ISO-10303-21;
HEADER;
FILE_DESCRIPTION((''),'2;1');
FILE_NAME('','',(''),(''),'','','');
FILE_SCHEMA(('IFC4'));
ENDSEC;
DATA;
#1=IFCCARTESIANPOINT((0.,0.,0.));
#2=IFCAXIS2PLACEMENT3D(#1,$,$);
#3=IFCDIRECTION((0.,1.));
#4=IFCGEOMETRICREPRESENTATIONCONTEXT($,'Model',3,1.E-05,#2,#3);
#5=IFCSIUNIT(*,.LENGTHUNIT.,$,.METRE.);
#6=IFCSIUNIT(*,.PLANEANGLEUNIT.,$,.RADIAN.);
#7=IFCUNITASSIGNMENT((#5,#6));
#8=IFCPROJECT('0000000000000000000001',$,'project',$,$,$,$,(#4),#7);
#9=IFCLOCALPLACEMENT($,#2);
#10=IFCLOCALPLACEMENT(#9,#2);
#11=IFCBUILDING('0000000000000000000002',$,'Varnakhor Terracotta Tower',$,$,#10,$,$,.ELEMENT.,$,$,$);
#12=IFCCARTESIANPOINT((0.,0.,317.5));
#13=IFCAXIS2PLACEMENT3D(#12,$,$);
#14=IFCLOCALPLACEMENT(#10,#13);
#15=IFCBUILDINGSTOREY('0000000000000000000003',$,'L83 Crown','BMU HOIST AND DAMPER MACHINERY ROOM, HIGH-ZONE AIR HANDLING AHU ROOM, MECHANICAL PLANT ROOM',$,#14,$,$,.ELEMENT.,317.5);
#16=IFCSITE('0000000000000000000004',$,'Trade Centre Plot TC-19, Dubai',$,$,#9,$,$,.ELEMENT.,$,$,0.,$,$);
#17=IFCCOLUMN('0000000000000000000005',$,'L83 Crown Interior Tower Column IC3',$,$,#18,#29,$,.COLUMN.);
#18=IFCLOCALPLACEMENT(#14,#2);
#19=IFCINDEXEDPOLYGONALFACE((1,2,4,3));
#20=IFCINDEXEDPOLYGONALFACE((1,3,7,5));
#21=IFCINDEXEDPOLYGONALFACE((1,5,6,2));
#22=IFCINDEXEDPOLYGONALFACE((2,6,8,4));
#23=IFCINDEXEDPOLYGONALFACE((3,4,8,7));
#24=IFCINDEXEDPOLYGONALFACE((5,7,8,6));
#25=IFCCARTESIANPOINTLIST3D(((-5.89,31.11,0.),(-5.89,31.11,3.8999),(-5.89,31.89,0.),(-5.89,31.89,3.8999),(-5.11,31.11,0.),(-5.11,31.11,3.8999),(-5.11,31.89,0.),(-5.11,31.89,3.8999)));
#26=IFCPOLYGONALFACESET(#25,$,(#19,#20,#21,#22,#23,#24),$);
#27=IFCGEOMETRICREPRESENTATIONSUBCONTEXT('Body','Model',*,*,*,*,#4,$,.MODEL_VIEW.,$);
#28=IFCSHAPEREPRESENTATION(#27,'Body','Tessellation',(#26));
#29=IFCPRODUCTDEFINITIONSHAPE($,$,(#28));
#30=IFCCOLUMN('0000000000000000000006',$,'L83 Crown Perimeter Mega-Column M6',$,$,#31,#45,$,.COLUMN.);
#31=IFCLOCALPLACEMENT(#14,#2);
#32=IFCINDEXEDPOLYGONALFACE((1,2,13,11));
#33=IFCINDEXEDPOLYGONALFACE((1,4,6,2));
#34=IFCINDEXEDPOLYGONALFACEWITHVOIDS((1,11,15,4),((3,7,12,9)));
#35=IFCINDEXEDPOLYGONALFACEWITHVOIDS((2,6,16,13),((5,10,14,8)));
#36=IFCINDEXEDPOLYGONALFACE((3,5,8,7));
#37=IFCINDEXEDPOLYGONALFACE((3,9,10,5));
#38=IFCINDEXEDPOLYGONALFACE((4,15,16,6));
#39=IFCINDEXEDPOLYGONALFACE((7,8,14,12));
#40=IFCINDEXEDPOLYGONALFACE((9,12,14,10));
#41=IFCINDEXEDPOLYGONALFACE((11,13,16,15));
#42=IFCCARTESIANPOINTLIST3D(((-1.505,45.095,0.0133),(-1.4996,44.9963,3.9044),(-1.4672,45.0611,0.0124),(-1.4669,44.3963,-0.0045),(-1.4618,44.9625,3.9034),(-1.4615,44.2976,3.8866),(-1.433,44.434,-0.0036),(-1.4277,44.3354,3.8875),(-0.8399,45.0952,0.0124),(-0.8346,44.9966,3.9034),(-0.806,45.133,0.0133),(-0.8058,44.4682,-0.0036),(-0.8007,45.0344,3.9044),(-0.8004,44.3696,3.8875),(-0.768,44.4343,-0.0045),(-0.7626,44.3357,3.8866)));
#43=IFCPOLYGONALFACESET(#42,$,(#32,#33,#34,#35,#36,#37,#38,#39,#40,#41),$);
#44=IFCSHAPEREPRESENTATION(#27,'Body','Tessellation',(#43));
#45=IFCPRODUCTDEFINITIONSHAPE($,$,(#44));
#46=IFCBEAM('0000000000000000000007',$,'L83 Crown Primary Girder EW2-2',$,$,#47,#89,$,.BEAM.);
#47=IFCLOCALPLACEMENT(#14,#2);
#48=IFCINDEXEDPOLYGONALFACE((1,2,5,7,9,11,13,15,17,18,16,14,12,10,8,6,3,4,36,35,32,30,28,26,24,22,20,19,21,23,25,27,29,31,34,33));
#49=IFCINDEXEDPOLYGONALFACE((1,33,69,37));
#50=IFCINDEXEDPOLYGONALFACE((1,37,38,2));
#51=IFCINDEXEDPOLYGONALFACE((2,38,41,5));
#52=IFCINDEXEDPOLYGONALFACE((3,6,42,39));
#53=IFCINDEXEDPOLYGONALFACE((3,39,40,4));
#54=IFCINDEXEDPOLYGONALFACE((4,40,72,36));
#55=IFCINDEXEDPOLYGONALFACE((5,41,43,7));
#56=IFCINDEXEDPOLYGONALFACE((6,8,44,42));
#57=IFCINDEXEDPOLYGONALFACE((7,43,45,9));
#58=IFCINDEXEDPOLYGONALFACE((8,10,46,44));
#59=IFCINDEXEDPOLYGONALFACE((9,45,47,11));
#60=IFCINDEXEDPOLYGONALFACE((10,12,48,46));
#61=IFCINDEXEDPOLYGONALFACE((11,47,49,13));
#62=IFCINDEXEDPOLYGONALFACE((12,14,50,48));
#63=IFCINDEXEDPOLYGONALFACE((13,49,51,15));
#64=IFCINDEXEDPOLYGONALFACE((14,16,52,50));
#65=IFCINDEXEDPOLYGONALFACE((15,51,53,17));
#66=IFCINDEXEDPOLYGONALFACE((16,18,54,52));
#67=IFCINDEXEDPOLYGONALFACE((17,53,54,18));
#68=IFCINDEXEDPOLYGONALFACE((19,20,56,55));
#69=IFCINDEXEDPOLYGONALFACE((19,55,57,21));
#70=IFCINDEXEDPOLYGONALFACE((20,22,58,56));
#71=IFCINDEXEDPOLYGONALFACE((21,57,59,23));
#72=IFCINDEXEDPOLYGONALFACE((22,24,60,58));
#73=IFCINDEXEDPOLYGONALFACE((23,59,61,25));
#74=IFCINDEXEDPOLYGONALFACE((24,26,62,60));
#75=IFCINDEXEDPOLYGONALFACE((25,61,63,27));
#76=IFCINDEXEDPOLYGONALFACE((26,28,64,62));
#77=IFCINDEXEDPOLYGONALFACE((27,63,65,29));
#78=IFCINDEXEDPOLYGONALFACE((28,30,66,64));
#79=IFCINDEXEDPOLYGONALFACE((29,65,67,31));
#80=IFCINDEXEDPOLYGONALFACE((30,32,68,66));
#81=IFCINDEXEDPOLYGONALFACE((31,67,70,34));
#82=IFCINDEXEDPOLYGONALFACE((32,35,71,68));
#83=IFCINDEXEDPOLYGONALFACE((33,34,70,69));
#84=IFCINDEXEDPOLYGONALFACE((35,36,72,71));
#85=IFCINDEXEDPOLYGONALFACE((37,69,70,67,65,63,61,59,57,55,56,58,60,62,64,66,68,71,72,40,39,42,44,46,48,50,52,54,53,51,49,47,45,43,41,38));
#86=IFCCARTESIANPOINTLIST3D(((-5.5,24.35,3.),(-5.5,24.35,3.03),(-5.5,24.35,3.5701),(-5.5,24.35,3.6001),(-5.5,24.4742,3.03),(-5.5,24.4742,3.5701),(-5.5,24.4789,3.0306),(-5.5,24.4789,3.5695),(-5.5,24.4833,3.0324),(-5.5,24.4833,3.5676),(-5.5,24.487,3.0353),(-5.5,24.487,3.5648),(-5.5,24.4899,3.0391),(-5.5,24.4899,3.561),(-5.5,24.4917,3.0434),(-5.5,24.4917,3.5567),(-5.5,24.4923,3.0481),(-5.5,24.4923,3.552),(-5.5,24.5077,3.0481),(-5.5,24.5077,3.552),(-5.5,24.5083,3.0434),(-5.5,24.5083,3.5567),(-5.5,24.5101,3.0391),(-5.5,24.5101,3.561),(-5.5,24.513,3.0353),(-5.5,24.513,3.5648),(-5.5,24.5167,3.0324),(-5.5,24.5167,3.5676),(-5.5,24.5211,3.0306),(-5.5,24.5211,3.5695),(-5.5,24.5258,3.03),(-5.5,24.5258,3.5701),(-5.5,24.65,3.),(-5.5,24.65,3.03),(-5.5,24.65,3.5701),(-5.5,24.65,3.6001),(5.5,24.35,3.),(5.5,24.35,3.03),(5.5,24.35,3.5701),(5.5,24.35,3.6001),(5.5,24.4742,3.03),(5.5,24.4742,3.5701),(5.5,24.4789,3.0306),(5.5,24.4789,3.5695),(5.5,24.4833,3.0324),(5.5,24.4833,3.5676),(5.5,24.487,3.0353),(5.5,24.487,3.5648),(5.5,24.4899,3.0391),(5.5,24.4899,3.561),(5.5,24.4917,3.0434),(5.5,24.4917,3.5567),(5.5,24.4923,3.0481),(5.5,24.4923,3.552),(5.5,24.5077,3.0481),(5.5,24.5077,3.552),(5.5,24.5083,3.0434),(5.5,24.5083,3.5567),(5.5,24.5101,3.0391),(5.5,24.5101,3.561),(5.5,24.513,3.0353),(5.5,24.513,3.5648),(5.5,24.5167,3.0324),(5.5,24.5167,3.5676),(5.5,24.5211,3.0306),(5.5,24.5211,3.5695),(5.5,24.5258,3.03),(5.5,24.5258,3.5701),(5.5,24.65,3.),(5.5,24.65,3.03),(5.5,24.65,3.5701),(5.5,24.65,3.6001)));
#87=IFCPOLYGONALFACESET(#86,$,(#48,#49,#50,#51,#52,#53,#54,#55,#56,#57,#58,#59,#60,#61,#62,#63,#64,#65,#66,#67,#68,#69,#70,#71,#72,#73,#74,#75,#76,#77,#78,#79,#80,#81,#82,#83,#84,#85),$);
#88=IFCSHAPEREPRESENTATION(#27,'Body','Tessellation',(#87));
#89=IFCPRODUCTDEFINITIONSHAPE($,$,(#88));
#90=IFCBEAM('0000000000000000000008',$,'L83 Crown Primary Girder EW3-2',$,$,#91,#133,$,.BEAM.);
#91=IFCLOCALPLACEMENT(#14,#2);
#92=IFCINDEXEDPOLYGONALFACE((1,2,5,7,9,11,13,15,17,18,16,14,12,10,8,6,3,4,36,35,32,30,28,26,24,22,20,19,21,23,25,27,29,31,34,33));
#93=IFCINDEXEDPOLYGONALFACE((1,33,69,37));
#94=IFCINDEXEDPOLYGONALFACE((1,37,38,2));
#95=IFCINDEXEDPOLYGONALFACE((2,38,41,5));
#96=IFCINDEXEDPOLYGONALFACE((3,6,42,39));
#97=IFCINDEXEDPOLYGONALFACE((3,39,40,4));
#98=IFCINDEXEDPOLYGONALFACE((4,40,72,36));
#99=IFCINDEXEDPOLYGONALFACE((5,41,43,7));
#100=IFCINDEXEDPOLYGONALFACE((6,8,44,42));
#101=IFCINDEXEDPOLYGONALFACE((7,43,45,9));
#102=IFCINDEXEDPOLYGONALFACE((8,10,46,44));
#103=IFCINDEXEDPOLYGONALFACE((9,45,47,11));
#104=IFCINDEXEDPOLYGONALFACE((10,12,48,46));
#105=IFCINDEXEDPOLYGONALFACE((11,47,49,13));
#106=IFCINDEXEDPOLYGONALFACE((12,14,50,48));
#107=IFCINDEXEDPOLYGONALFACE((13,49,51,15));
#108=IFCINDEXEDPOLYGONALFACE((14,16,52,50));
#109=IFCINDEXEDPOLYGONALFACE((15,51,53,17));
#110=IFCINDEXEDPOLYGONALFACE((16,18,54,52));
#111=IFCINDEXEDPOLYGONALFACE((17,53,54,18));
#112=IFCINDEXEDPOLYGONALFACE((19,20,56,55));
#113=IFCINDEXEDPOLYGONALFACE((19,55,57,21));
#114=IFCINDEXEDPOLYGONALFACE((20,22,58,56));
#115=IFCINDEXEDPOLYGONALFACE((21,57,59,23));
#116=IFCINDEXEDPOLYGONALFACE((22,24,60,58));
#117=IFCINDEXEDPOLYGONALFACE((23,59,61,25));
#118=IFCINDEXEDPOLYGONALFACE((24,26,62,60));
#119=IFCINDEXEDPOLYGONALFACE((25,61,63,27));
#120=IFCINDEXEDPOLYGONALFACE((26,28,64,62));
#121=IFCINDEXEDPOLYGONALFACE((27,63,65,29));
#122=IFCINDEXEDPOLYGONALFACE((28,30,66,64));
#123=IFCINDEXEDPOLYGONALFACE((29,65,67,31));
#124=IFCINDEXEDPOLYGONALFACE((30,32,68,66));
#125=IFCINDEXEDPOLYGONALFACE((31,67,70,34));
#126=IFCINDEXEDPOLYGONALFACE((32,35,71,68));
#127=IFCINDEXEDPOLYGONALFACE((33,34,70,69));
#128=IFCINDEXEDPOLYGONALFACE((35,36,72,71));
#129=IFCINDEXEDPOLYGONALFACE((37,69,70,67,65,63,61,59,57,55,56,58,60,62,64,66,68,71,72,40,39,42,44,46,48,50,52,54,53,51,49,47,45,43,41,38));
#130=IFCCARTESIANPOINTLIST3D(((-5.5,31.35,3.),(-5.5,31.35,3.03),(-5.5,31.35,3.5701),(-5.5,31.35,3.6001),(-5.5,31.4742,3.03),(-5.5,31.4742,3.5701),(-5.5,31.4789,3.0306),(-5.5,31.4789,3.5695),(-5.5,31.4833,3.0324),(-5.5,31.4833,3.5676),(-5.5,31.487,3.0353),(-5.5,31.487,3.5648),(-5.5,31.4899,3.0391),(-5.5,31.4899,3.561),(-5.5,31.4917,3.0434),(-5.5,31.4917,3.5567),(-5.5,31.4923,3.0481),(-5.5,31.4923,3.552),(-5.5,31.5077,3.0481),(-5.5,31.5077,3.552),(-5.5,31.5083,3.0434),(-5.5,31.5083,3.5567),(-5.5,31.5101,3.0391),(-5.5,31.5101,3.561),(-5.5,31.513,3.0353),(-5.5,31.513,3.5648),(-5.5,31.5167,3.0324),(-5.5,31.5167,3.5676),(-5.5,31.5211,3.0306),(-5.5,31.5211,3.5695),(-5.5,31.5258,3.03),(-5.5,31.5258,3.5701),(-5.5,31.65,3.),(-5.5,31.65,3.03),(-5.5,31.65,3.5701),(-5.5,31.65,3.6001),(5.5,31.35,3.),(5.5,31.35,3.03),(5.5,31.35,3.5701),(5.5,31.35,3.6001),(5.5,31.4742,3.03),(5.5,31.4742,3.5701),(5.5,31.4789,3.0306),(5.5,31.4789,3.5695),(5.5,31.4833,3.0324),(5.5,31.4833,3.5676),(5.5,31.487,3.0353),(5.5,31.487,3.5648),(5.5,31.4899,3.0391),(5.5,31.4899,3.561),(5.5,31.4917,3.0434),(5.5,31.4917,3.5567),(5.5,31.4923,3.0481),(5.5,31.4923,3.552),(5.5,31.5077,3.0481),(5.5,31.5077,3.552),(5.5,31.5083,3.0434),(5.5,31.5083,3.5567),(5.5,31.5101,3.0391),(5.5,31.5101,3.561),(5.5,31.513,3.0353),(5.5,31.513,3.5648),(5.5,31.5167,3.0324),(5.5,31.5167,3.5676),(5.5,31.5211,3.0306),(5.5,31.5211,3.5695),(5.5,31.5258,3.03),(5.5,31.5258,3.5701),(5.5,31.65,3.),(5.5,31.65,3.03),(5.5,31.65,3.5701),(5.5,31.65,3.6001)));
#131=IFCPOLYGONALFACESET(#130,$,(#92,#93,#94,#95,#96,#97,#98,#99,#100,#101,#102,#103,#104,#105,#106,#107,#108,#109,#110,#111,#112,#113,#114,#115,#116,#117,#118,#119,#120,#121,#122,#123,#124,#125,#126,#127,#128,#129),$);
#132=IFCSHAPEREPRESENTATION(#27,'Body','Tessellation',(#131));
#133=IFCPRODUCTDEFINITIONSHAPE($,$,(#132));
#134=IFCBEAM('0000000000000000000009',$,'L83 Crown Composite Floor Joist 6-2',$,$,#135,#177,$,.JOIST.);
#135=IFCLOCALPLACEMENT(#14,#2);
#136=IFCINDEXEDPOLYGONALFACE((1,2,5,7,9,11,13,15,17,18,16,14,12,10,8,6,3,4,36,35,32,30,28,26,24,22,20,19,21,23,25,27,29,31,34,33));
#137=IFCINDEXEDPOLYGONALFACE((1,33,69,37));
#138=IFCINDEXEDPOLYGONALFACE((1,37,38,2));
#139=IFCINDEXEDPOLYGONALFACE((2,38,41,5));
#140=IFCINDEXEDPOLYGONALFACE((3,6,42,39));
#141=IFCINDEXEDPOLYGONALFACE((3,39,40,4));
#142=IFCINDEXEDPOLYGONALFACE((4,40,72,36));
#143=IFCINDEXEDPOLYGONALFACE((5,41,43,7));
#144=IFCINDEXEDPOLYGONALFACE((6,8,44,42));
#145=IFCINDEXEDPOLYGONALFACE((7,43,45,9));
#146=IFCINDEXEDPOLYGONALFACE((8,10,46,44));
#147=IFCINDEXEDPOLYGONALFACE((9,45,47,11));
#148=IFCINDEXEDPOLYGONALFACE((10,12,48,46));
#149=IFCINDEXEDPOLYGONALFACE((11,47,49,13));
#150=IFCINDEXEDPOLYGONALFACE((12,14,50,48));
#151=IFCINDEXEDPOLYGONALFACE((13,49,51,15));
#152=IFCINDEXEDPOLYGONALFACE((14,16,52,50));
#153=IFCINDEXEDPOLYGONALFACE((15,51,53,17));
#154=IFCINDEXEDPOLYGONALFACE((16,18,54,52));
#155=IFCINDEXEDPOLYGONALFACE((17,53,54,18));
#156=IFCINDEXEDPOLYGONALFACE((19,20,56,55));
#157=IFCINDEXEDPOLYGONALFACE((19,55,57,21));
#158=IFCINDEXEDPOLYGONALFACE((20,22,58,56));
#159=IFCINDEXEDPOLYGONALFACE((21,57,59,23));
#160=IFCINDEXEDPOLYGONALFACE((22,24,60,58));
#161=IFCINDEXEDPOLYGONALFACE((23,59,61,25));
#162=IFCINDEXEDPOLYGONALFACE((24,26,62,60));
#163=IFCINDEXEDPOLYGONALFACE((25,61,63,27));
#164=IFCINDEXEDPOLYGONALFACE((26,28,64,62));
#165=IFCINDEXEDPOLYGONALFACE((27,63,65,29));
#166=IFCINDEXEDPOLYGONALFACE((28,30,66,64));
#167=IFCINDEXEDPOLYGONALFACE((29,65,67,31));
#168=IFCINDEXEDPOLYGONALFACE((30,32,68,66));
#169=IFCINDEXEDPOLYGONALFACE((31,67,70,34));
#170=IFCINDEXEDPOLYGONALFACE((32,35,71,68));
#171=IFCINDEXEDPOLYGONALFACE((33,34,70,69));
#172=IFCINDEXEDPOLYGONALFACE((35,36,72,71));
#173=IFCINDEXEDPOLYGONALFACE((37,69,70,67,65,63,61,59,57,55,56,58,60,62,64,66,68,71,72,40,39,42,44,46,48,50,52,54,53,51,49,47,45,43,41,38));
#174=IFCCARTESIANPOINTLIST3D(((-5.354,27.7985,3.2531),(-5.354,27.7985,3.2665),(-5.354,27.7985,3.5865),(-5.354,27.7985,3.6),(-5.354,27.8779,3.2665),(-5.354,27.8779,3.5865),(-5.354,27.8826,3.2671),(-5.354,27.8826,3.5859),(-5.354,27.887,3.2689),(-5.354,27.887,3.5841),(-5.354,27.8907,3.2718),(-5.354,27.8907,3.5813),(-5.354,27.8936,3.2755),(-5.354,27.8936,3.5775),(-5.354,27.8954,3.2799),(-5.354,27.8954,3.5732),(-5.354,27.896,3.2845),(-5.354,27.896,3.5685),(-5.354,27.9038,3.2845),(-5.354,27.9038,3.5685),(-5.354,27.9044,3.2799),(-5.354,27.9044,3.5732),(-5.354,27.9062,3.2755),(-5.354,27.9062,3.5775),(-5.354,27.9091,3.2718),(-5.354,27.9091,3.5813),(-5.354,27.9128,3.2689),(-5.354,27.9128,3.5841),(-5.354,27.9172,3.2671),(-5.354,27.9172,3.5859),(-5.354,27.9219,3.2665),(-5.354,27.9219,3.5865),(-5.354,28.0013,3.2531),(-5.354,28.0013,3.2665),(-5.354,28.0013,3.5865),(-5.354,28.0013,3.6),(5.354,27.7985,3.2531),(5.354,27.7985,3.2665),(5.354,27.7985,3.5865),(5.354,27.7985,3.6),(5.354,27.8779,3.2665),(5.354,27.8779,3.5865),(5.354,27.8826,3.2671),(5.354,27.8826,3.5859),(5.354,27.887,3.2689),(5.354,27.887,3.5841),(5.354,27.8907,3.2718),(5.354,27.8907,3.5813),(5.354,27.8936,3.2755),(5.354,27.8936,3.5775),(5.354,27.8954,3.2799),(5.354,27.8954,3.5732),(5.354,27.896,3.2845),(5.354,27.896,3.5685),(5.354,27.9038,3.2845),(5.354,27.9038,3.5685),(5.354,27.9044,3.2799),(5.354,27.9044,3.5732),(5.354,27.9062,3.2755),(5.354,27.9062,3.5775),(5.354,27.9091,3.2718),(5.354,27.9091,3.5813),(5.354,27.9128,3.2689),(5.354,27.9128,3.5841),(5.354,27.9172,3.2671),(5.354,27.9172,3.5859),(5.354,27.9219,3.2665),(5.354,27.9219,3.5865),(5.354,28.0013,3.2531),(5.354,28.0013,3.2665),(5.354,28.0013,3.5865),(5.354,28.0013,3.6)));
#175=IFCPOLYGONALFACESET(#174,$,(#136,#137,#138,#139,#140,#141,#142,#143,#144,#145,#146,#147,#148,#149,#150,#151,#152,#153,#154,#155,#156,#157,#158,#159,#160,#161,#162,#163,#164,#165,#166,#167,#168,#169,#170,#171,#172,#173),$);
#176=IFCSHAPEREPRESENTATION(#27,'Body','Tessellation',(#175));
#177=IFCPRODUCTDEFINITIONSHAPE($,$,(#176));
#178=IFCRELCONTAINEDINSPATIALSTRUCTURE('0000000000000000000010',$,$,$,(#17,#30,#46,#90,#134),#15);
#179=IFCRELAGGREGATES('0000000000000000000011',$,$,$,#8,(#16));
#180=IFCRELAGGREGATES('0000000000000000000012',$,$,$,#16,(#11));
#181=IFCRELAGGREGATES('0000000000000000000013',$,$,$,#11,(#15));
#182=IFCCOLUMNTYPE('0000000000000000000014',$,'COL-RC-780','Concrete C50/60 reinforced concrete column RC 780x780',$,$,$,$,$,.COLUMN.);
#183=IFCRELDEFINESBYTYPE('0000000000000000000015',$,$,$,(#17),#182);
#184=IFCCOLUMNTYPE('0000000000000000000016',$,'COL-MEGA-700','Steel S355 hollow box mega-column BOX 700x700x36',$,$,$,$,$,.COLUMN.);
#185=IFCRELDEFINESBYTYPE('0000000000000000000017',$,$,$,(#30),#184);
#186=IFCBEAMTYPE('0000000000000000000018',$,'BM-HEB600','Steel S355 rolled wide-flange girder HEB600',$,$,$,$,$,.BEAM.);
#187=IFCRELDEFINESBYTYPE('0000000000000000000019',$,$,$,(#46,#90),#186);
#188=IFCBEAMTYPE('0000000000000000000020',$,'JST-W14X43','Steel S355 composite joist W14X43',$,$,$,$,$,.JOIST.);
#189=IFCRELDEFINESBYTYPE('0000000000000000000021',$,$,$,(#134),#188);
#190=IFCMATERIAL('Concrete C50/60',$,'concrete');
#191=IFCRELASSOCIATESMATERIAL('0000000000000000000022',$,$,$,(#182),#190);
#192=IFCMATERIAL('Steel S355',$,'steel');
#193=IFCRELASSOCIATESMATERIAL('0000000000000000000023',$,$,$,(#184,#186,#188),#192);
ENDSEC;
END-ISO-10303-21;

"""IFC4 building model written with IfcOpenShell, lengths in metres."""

from ifc_helpers import new_model, si_unit, direction, frame, origin, origin_2d, place, context, subcontext, project, spatial, rectangle, hollow_rectangle, i_section, extrude, source, transform, mapped, material, material_profile, profile_set, type_object, element, save


model = new_model("IFC4")

# Units and contexts
model_context = context("Model", 3, precision=1e-05, world=origin(), true_north=direction((0.0, 1.0)))
body_context = subcontext(model_context, "Body", "Model", "MODEL_VIEW")
ifc_project = project(units=[si_unit("LENGTHUNIT", "METRE"), si_unit("PLANEANGLEUNIT", "RADIAN")], contexts=[model_context])

# Site, building, storey
site_placement = place(None, origin())
site = spatial("IfcSite", under=ifc_project, at=site_placement, Name="Trade Centre Plot TC-19, Dubai", CompositionType="ELEMENT", RefElevation=0.0)
building_placement = place(site_placement, origin())
building = spatial("IfcBuilding", under=site, at=building_placement, Name="Varnakhor Terracotta Tower", CompositionType="ELEMENT")
storey_placement = place(building_placement, frame((0.0, 0.0, 317.5)))
storey = spatial("IfcBuildingStorey", under=building, at=storey_placement, Name="L83 Crown", Description="BMU HOIST AND DAMPER MACHINERY ROOM, HIGH-ZONE AIR HANDLING AHU ROOM, MECHANICAL PLANT ROOM", CompositionType="ELEMENT", Elevation=317.5)

# Columns
ifc_material_1 = material(Name="Concrete C50/60", Category="concrete")
ifc_material_profile_1 = material_profile(ifc_material_1, rectangle(XDim=0.78, YDim=0.78, at=origin_2d()), Name="RC 780x780")
ifc_profile_set_1 = profile_set([ifc_material_profile_1], Name="Concrete C50/60")
column_type_1 = type_object("IfcColumnType", Name="COL-RC-780", Description="Concrete C50/60 reinforced concrete column RC 780x780", PredefinedType="COLUMN", material=ifc_profile_set_1)
shared_shape_1 = source(origin(), body_context, "Body", "SweptSolid", [
    extrude(rectangle(XDim=0.78, YDim=0.78, at=origin_2d()), origin(), (0.0, 0.0, 1.0), 3.8999),
])
column_1_placement = place(storey_placement, frame((-5.5, 31.5, 0.0), z_axis=(0.0, 0.0, 1.0), x_axis=(1.0, 0.0, 0.0)))
element("IfcColumn", 1, at=column_1_placement, inside=storey, type_object=column_type_1, Name="L83 Crown Interior Tower Column IC3", PredefinedType="COLUMN", context=body_context, shape_type="MappedRepresentation", body=[
    mapped(shared_shape_1, transform((0.0, 0.0, 0.0), scale=1.0)),
])
ifc_material_2 = material(Name="Steel S355", Category="steel")
ifc_material_profile_2 = material_profile(ifc_material_2, hollow_rectangle(XDim=0.7, YDim=0.7, WallThickness=0.0359, at=origin_2d()), Name="BOX 700x700x36")
ifc_profile_set_2 = profile_set([ifc_material_profile_2], Name="Steel S355")
column_type_2 = type_object("IfcColumnType", Name="COL-MEGA-700", Description="Steel S355 hollow box mega-column BOX 700x700x36", PredefinedType="COLUMN", material=ifc_profile_set_2)
shared_shape_2 = source(origin(), body_context, "Body", "SweptSolid", [
    extrude(hollow_rectangle(XDim=0.7, YDim=0.7, WallThickness=0.0359, at=origin_2d()), origin(), (0.0, 0.0, 1.0), 3.8923),
])
column_2_placement = place(storey_placement, frame((-1.1365, 44.7646, 0.0044), z_axis=(0.00138, -0.02534, 0.999678), x_axis=(0.998521, 0.054375, 0.0)))
element("IfcColumn", 2, at=column_2_placement, inside=storey, type_object=column_type_2, Name="L83 Crown Perimeter Mega-Column M6", PredefinedType="COLUMN", context=body_context, shape_type="MappedRepresentation", body=[
    mapped(shared_shape_2, transform((0.0, 0.0, 0.0), scale=1.0)),
])

# Beams
ifc_material_profile_3 = material_profile(ifc_material_2, i_section(OverallWidth=0.3, OverallDepth=0.6001, WebThickness=0.0154, FlangeThickness=0.03, FilletRadius=0.0181, at=origin_2d()), Name="HEB600")
ifc_profile_set_3 = profile_set([ifc_material_profile_3], Name="Steel S355")
beam_type_1 = type_object("IfcBeamType", Name="BM-HEB600", Description="Steel S355 rolled wide-flange girder HEB600", PredefinedType="BEAM", material=ifc_profile_set_3)
shared_shape_3 = source(origin(), body_context, "Body", "SweptSolid", [
    extrude(i_section(OverallWidth=0.3, OverallDepth=0.6001, WebThickness=0.0154, FlangeThickness=0.03, FilletRadius=0.0181, at=origin_2d()), origin(), (0.0, 0.0, 1.0), 11.0),
])
for number, where, z_axis, x_axis, name in (
    (3, (-5.5, 24.5, 3.3), (1.0, 0.0, 0.0), (0.0, 1.0, 0.0), "L83 Crown Primary Girder EW2-2"),
    (4, (-5.5, 31.5, 3.3), (1.0, 0.0, 0.0), (0.0, 1.0, 0.0), "L83 Crown Primary Girder EW3-2"),
):
    element("IfcBeam", number, at=place(storey_placement, frame(where, z_axis=z_axis, x_axis=x_axis)), inside=storey, type_object=beam_type_1, Name=name, PredefinedType="BEAM", context=body_context, shape_type="MappedRepresentation", body=[
        mapped(shared_shape_3, transform((0.0, 0.0, 0.0), scale=1.0)),
    ])
ifc_material_profile_4 = material_profile(ifc_material_2, i_section(OverallWidth=0.2029, OverallDepth=0.3469, WebThickness=0.0078, FlangeThickness=0.0134, FilletRadius=0.0181, at=origin_2d()), Name="W14X43")
ifc_profile_set_4 = profile_set([ifc_material_profile_4], Name="Steel S355")
beam_type_2 = type_object("IfcBeamType", Name="JST-W14X43", Description="Steel S355 composite joist W14X43", PredefinedType="JOIST", material=ifc_profile_set_4)
shared_shape_4 = source(origin(), body_context, "Body", "SweptSolid", [
    extrude(i_section(OverallWidth=0.2029, OverallDepth=0.3469, WebThickness=0.0078, FlangeThickness=0.0134, FilletRadius=0.0181, at=origin_2d()), origin(), (0.0, 0.0, 1.0), 10.708),
])
for number, where, z_axis, x_axis, name in (
    (5, (-5.354, 27.8999, 3.4265), (1.0, 0.0, 0.0), (0.0, 1.0, 0.0), "L83 Crown Composite Floor Joist 6-2"),
):
    element("IfcBeam", number, at=place(storey_placement, frame(where, z_axis=z_axis, x_axis=x_axis)), inside=storey, type_object=beam_type_2, Name=name, PredefinedType="JOIST", context=body_context, shape_type="MappedRepresentation", body=[
        mapped(shared_shape_4, transform((0.0, 0.0, 0.0), scale=1.0)),
    ])

save(model, "model.ifc")
